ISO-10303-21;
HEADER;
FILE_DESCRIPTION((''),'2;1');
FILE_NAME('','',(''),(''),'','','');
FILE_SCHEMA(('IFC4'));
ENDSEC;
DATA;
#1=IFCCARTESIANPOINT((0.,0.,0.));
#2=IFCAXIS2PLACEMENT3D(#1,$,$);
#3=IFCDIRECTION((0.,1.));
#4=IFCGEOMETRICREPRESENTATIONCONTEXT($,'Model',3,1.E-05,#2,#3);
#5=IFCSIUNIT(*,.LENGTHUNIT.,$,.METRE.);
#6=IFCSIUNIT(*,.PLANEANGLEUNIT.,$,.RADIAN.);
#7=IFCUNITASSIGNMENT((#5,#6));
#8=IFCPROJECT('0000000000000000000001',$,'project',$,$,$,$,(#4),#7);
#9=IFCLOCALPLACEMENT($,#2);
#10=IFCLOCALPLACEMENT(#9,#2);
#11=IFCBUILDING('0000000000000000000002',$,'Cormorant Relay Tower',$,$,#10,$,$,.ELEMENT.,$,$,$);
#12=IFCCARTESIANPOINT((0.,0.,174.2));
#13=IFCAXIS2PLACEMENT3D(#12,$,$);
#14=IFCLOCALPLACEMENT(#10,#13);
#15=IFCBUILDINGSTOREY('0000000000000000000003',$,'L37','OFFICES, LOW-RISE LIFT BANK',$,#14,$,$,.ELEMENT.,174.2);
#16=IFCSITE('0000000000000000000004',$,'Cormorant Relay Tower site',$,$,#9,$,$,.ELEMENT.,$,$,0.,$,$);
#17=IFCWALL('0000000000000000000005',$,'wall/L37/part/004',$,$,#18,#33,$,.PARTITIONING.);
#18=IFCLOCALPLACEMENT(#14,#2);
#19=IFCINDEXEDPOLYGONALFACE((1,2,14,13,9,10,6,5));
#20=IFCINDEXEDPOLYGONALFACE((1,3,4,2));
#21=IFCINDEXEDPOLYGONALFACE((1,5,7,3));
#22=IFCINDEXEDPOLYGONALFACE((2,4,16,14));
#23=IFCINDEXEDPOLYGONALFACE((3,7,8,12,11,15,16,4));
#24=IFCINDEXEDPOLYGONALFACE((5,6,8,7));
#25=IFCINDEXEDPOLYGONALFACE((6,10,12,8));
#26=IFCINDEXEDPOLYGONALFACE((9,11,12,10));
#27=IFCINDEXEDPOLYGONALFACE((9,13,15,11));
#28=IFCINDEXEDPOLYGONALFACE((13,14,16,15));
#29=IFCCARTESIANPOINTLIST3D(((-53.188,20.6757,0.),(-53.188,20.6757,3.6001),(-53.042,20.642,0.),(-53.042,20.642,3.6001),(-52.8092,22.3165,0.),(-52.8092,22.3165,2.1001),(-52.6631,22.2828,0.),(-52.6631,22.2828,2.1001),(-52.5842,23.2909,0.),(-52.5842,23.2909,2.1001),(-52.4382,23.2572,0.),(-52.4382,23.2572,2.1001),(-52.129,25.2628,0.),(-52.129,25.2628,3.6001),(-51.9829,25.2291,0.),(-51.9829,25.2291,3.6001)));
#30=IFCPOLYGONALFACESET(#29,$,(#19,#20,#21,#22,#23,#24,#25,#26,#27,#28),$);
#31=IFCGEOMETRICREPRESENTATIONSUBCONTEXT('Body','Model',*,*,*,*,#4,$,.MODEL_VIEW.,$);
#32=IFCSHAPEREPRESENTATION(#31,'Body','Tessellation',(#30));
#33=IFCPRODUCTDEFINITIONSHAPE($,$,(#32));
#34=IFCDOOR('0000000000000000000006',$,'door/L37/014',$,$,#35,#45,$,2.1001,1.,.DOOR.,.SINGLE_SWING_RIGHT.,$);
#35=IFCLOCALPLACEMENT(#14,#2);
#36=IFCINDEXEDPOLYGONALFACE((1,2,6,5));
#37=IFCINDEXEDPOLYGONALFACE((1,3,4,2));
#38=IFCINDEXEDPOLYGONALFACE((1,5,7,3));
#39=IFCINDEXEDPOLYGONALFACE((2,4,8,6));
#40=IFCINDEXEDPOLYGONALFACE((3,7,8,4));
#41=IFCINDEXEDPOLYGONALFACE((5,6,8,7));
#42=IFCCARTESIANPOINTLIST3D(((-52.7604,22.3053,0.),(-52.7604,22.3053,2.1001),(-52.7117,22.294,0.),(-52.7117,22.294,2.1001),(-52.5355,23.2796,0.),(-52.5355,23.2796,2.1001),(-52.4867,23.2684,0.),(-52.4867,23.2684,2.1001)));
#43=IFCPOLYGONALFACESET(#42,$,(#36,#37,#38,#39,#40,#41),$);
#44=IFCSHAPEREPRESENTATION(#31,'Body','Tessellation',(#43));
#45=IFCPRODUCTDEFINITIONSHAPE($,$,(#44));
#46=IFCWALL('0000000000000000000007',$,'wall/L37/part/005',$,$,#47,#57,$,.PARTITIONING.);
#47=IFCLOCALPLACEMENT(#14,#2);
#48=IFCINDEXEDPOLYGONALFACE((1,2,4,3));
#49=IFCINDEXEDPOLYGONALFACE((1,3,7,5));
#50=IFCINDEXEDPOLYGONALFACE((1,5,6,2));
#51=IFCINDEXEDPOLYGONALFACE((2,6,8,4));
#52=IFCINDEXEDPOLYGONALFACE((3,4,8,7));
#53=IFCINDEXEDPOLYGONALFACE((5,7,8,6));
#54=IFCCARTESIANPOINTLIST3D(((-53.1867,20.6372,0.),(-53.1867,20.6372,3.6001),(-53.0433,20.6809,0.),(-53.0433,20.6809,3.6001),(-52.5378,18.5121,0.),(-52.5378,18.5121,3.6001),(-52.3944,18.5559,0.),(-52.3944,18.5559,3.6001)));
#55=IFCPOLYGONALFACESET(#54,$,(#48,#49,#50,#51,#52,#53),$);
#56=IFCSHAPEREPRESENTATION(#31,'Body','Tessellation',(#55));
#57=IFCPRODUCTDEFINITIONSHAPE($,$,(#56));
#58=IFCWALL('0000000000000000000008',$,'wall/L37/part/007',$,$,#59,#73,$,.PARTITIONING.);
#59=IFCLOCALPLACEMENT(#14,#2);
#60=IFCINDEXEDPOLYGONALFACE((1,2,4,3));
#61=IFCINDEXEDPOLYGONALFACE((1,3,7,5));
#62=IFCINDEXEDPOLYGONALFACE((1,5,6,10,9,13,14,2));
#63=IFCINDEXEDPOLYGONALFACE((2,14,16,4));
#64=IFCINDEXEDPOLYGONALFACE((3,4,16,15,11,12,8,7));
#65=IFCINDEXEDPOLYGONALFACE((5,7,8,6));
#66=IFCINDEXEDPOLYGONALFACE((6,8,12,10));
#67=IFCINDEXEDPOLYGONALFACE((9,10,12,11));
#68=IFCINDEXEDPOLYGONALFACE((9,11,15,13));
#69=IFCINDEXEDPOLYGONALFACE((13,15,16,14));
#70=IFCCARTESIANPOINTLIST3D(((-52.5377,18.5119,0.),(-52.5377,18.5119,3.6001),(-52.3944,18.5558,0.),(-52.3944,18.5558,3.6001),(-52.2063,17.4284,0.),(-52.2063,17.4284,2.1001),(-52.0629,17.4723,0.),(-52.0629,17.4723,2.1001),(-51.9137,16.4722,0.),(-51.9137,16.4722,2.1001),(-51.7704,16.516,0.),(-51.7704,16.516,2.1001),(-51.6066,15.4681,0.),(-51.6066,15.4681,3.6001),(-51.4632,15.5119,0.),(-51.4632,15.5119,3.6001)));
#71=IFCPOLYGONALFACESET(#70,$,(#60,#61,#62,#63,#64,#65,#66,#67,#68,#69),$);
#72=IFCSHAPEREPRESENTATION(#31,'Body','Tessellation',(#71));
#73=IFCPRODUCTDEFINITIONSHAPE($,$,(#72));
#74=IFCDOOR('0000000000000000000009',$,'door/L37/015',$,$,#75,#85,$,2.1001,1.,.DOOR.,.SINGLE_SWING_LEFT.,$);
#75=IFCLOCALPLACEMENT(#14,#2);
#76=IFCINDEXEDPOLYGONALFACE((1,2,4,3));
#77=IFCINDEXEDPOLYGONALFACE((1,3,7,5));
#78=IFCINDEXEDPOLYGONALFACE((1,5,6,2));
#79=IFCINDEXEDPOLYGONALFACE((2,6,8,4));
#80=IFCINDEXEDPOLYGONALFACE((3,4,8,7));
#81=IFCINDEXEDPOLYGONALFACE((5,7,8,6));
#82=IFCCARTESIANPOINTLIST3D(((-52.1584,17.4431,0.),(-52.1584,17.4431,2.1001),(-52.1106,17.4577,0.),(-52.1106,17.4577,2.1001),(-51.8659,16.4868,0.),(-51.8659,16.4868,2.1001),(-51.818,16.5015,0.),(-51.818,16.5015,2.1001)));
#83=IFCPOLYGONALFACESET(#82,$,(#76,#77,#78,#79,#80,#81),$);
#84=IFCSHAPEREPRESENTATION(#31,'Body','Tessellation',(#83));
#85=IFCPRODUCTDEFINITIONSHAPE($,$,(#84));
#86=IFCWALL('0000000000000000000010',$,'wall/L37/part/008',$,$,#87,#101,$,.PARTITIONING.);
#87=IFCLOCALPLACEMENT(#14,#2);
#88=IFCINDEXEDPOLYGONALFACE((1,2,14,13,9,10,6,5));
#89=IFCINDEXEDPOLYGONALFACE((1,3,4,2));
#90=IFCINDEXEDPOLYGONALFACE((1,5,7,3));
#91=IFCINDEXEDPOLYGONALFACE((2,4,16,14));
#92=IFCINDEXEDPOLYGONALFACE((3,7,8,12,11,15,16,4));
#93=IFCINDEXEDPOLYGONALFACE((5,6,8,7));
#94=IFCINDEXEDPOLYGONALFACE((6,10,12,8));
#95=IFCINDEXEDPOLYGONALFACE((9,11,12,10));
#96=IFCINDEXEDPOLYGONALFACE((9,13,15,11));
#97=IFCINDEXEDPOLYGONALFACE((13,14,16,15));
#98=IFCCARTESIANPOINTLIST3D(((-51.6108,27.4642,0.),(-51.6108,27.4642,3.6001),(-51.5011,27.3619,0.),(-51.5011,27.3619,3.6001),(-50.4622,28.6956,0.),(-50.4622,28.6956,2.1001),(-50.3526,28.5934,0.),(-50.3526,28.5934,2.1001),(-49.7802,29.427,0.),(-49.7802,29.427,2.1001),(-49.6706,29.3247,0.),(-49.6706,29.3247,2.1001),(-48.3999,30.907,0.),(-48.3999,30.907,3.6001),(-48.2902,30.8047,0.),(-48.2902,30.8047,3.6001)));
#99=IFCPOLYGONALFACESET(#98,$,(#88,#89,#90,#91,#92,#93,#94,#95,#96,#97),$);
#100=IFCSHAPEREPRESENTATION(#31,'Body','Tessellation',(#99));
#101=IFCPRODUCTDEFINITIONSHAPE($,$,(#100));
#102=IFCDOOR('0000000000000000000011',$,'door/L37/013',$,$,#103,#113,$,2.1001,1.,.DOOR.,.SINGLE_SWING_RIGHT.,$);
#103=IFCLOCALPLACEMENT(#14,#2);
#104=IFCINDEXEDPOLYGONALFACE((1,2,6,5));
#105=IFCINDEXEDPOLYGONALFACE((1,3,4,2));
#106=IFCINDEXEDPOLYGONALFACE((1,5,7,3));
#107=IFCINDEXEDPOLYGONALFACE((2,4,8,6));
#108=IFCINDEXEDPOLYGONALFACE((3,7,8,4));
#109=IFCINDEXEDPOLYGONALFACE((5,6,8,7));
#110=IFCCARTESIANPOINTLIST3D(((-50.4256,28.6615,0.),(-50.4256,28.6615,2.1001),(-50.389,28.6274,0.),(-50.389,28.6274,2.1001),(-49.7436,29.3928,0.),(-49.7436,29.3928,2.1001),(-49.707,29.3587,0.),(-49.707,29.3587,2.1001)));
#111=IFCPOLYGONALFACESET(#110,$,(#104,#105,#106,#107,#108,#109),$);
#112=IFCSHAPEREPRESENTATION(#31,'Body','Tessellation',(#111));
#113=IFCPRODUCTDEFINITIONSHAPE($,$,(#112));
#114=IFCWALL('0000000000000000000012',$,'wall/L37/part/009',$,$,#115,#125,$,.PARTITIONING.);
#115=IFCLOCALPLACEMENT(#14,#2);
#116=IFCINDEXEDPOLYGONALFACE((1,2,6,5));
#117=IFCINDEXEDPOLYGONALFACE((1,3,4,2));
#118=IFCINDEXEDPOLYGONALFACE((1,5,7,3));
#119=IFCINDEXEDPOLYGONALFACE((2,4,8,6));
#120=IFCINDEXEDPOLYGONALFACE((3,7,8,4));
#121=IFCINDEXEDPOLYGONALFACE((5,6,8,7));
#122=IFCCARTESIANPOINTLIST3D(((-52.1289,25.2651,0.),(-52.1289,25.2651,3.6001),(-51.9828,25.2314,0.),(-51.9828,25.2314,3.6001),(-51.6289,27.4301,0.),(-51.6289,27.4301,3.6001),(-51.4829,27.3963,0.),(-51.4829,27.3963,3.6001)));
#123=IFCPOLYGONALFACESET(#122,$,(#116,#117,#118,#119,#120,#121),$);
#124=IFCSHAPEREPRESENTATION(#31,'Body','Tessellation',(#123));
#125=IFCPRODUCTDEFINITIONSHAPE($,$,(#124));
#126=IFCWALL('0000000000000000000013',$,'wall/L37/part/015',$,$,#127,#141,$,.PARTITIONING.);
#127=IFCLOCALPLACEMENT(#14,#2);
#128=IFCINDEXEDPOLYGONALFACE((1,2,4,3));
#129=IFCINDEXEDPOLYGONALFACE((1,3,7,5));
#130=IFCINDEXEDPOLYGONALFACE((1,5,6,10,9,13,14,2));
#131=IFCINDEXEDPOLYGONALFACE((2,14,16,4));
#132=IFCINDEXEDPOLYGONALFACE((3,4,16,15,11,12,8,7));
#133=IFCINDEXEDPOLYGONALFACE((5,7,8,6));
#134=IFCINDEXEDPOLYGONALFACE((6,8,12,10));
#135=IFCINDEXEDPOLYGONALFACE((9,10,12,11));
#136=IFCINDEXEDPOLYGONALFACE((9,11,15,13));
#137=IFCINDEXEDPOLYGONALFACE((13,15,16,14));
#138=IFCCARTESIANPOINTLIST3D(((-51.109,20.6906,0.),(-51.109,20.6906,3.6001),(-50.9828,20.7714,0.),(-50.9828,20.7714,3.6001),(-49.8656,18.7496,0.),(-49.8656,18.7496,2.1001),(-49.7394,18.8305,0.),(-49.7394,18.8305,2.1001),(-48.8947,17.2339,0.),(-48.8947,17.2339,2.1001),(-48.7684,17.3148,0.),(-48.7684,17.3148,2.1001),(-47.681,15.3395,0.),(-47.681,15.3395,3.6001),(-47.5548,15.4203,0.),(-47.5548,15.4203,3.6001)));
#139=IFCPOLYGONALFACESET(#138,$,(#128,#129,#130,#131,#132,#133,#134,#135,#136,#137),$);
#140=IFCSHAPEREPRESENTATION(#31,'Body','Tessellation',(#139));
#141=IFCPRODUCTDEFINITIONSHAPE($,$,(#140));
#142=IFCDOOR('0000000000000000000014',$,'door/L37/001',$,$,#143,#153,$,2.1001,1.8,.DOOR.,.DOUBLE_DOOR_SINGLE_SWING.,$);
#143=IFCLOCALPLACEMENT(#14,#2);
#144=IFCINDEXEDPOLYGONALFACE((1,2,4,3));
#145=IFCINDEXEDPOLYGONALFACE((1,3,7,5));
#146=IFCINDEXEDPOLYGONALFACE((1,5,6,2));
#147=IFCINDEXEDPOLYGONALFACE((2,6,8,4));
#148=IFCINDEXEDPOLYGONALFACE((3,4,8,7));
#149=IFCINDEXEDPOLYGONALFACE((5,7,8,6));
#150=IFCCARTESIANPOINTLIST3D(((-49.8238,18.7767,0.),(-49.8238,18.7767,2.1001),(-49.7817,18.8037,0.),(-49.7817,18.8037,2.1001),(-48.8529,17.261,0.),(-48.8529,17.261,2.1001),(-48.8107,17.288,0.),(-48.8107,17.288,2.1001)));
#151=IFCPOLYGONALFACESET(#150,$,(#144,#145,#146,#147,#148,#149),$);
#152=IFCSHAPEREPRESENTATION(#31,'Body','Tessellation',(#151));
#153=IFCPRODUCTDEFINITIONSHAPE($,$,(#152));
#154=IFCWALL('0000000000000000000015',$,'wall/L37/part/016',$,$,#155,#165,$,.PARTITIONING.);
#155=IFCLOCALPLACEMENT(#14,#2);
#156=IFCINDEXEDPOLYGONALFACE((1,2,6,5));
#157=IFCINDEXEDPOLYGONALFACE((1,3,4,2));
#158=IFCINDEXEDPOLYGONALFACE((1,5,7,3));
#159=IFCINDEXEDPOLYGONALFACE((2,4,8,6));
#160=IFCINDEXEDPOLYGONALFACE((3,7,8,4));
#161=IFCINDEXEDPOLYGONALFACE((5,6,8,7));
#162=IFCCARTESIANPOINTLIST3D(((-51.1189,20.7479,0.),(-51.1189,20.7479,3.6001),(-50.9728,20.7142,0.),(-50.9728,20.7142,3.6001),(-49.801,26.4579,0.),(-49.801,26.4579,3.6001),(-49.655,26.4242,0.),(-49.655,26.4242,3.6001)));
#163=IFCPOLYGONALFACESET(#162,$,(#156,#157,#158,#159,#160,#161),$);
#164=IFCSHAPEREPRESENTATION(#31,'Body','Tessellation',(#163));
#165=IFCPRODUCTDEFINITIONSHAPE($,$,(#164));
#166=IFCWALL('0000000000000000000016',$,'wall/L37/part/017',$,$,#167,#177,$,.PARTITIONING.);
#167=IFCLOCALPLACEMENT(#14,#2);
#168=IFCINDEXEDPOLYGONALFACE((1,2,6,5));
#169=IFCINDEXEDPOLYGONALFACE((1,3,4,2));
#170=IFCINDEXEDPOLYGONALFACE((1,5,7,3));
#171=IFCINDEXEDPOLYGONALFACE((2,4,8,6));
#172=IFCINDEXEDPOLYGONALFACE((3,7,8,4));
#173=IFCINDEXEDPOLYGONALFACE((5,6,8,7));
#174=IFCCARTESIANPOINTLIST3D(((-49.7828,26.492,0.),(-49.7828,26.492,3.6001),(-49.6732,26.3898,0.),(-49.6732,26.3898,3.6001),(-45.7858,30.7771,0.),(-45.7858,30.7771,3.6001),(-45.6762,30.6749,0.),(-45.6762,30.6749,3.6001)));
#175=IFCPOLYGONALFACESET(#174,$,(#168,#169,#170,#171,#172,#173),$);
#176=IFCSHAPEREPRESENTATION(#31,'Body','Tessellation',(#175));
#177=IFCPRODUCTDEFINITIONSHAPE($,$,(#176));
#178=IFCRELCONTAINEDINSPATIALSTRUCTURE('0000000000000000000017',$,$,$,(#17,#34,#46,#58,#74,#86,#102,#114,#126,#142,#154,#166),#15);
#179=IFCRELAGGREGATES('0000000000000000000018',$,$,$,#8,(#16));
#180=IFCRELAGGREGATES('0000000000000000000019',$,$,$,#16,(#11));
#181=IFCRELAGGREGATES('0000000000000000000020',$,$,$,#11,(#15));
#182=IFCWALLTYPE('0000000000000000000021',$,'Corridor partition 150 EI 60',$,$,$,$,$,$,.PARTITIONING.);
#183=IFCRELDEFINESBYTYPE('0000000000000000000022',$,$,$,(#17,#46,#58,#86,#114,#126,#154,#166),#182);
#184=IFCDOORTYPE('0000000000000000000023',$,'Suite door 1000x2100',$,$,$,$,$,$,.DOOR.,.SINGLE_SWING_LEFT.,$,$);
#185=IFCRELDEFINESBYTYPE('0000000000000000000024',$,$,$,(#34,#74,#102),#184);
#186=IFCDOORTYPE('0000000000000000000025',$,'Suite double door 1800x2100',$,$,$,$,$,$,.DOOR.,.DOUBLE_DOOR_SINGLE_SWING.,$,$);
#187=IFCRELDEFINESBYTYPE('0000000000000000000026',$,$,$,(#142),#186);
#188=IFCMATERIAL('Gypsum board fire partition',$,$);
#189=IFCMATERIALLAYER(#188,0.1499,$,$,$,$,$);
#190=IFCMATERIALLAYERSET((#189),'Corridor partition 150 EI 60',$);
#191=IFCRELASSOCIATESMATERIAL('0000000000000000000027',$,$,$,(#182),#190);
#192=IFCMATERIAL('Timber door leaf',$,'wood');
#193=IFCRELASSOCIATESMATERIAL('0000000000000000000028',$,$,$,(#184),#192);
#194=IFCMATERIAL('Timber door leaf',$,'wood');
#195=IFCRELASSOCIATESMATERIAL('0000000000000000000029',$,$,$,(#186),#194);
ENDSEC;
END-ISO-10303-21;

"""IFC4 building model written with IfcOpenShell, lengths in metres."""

from ifc_helpers import new_model, si_unit, direction, frame, frame_2d, origin, place, context, subcontext, project, spatial, rectangle, extrude, material, layer, layer_set, type_object, element, fill, save


model = new_model("IFC4")

# Units and contexts
model_context = context("Model", 3, precision=1e-05, world=origin(), true_north=direction((0.0, 1.0)))
body_context = subcontext(model_context, "Body", "Model", "MODEL_VIEW")
ifc_project = project(units=[si_unit("LENGTHUNIT", "METRE"), si_unit("PLANEANGLEUNIT", "RADIAN")], contexts=[model_context])

# Site, building, storey
site_placement = place(None, origin())
site = spatial("IfcSite", under=ifc_project, at=site_placement, Name="Cormorant Relay Tower site", CompositionType="ELEMENT", RefElevation=0.0)
building_placement = place(site_placement, origin())
building = spatial("IfcBuilding", under=site, at=building_placement, Name="Cormorant Relay Tower", CompositionType="ELEMENT")
storey_placement = place(building_placement, frame((0.0, 0.0, 174.2)))
storey = spatial("IfcBuildingStorey", under=building, at=storey_placement, Name="L37", Description="OFFICES, LOW-RISE LIFT BANK", CompositionType="ELEMENT", Elevation=174.2)

# Wall, opening, door
ifc_material_1 = material(Name="Gypsum board fire partition")
ifc_layer_1 = layer(ifc_material_1, 0.1499)
ifc_layer_set_1 = layer_set([ifc_layer_1], Name="Corridor partition 150 EI 60")
wall_type_1 = type_object("IfcWallType", Name="Corridor partition 150 EI 60", PredefinedType="PARTITIONING", material=ifc_layer_set_1)
wall_1_placement = place(storey_placement, frame((-52.0559, 25.2461, 0.0), z_axis=(0.0, 0.0, 1.0), x_axis=(-0.224962, -0.974368, 0.0)))
wall_1 = element("IfcWall", 1, at=wall_1_placement, inside=storey, type_object=wall_type_1, Name="wall/L37/part/004", PredefinedType="PARTITIONING", context=body_context, shape_type="SweptSolid", body=[
    extrude(rectangle(XDim=4.7078, YDim=0.1499, at=frame_2d((2.354, 0.0))), origin(), (0.0, 0.0, 1.0), 3.6001),
])
opening_1_placement = place(wall_1_placement, frame((2.0239, 0.0, 0.0)))
opening_1 = element("IfcOpeningElement", 2, at=opening_1_placement, cuts=wall_1, PredefinedType="OPENING", context=body_context, shape_type="SweptSolid", body=[
    extrude(rectangle(XDim=1.0, YDim=2.1001, at=frame_2d((0.5, 1.05))), frame((0.0, 0.085, 0.0), z_axis=(0.0, -1.0, 0.0), x_axis=(1.0, 0.0, 0.0)), (0.0, 0.0, 1.0), 0.1699),
])
ifc_material_2 = material(Name="Timber door leaf", Category="wood")
door_type_1 = type_object("IfcDoorType", Name="Suite door 1000x2100", OperationType="SINGLE_SWING_LEFT", PredefinedType="DOOR", material=ifc_material_2)
door_1_placement = place(opening_1_placement, frame((1.0, 0.0, 0.0), z_axis=(0.0, 0.0, 1.0), x_axis=(-1.0, 0.0, 0.0)))
door_1 = element("IfcDoor", 3, at=door_1_placement, inside=storey, type_object=door_type_1, Name="door/L37/014", OperationType="SINGLE_SWING_RIGHT", OverallHeight=2.1001, OverallWidth=1.0, PredefinedType="DOOR", context=body_context, shape_type="SweptSolid", body=[
    extrude(rectangle(XDim=1.0, YDim=2.1001, at=frame_2d((0.5, 1.05))), frame((0.0, 0.0249, 0.0), z_axis=(0.0, -1.0, 0.0), x_axis=(1.0, 0.0, 0.0)), (0.0, 0.0, 1.0), 0.05),
])
fill(opening_1, door_1)

# Wall
wall_2_placement = place(storey_placement, frame((-53.115, 20.6589, 0.0), z_axis=(0.0, 0.0, 1.0), x_axis=(0.292062, -0.956399, 0.0)))
element("IfcWall", 4, at=wall_2_placement, inside=storey, type_object=wall_type_1, Name="wall/L37/part/005", PredefinedType="PARTITIONING", context=body_context, shape_type="SweptSolid", body=[
    extrude(rectangle(XDim=2.2219, YDim=0.1499, at=frame_2d((1.1108, 0.0))), origin(), (0.0, 0.0, 1.0), 3.6001),
])

# Walls, openings, doors
wall_3_placement = place(storey_placement, frame((-51.5349, 15.49, 0.0), z_axis=(0.0, 0.0, 1.0), x_axis=(-0.292522, 0.956259, 0.0)))
wall_3 = element("IfcWall", 5, at=wall_3_placement, inside=storey, type_object=wall_type_1, Name="wall/L37/part/007", PredefinedType="PARTITIONING", context=body_context, shape_type="SweptSolid", body=[
    extrude(rectangle(XDim=3.1831, YDim=0.1499, at=frame_2d((1.5916, 0.0))), origin(), (0.0, 0.0, 1.0), 3.6001),
])
opening_2_placement = place(wall_3_placement, frame((1.05, 0.0, 0.0)))
opening_2 = element("IfcOpeningElement", 6, at=opening_2_placement, cuts=wall_3, PredefinedType="OPENING", context=body_context, shape_type="SweptSolid", body=[
    extrude(rectangle(XDim=1.0, YDim=2.1001, at=frame_2d((0.5, 1.05))), frame((0.0, 0.085, 0.0), z_axis=(0.0, -1.0, 0.0), x_axis=(1.0, 0.0, 0.0)), (0.0, 0.0, 1.0), 0.1699),
])
door_2_placement = place(opening_2_placement, origin())
door_2 = element("IfcDoor", 7, at=door_2_placement, inside=storey, type_object=door_type_1, Name="door/L37/015", OperationType="SINGLE_SWING_LEFT", OverallHeight=2.1001, OverallWidth=1.0, PredefinedType="DOOR", context=body_context, shape_type="SweptSolid", body=[
    extrude(rectangle(XDim=1.0, YDim=2.1001, at=frame_2d((0.5, 1.05))), frame((0.0, 0.0249, 0.0), z_axis=(0.0, -1.0, 0.0), x_axis=(1.0, 0.0, 0.0)), (0.0, 0.0, 1.0), 0.05),
])
fill(opening_2, door_2)
wall_4_placement = place(storey_placement, frame((-48.345, 30.856, 0.0), z_axis=(0.0, 0.0, 1.0), x_axis=(-0.682045, -0.73131, 0.0)))
wall_4 = element("IfcWall", 8, at=wall_4_placement, inside=storey, type_object=wall_type_1, Name="wall/L37/part/008", PredefinedType="PARTITIONING", context=body_context, shape_type="SweptSolid", body=[
    extrude(rectangle(XDim=4.7078, YDim=0.1499, at=frame_2d((2.354, 0.0))), origin(), (0.0, 0.0, 1.0), 3.6001),
])
opening_3_placement = place(wall_4_placement, frame((2.0239, 0.0, 0.0)))
opening_3 = element("IfcOpeningElement", 9, at=opening_3_placement, cuts=wall_4, PredefinedType="OPENING", context=body_context, shape_type="SweptSolid", body=[
    extrude(rectangle(XDim=1.0, YDim=2.1001, at=frame_2d((0.5, 1.05))), frame((0.0, 0.085, 0.0), z_axis=(0.0, -1.0, 0.0), x_axis=(1.0, 0.0, 0.0)), (0.0, 0.0, 1.0), 0.1699),
])
door_3_placement = place(opening_3_placement, frame((1.0, 0.0, 0.0), z_axis=(0.0, 0.0, 1.0), x_axis=(-1.0, 0.0, 0.0)))
door_3 = element("IfcDoor", 10, at=door_3_placement, inside=storey, type_object=door_type_1, Name="door/L37/013", OperationType="SINGLE_SWING_RIGHT", OverallHeight=2.1001, OverallWidth=1.0, PredefinedType="DOOR", context=body_context, shape_type="SweptSolid", body=[
    extrude(rectangle(XDim=1.0, YDim=2.1001, at=frame_2d((0.5, 1.05))), frame((0.0, 0.0249, 0.0), z_axis=(0.0, -1.0, 0.0), x_axis=(1.0, 0.0, 0.0)), (0.0, 0.0, 1.0), 0.05),
])
fill(opening_3, door_3)

# Wall
wall_5_placement = place(storey_placement, frame((-51.5559, 27.4131, 0.0), z_axis=(0.0, 0.0, 1.0), x_axis=(-0.22502, -0.974354, 0.0)))
element("IfcWall", 11, at=wall_5_placement, inside=storey, type_object=wall_type_1, Name="wall/L37/part/009", PredefinedType="PARTITIONING", context=body_context, shape_type="SweptSolid", body=[
    extrude(rectangle(XDim=2.2219, YDim=0.1499, at=frame_2d((1.1108, 0.0))), origin(), (0.0, 0.0, 1.0), 3.6001),
])

# Wall, opening, door
wall_6_placement = place(storey_placement, frame((-47.6179, 15.3799, 0.0), z_axis=(0.0, 0.0, 1.0), x_axis=(-0.539421, 0.842036, 0.0)))
wall_6 = element("IfcWall", 12, at=wall_6_placement, inside=storey, type_object=wall_type_1, Name="wall/L37/part/015", PredefinedType="PARTITIONING", context=body_context, shape_type="SweptSolid", body=[
    extrude(rectangle(XDim=6.355, YDim=0.1499, at=frame_2d((3.1775, 0.0))), origin(), (0.0, 0.0, 1.0), 3.6001),
])
opening_4_placement = place(wall_6_placement, frame((2.25, 0.0, 0.0)))
opening_4 = element("IfcOpeningElement", 13, at=opening_4_placement, cuts=wall_6, PredefinedType="OPENING", context=body_context, shape_type="SweptSolid", body=[
    extrude(rectangle(XDim=1.8, YDim=2.1001, at=frame_2d((0.8999, 1.05))), frame((0.0, 0.085, 0.0), z_axis=(0.0, -1.0, 0.0), x_axis=(1.0, 0.0, 0.0)), (0.0, 0.0, 1.0), 0.1699),
])
ifc_material_3 = material(Name="Timber door leaf", Category="wood")
door_type_2 = type_object("IfcDoorType", Name="Suite double door 1800x2100", OperationType="DOUBLE_DOOR_SINGLE_SWING", PredefinedType="DOOR", material=ifc_material_3)
door_4_placement = place(opening_4_placement, frame((1.8, 0.0, 0.0), z_axis=(0.0, 0.0, 1.0), x_axis=(-1.0, 0.0, 0.0)))
door_4 = element("IfcDoor", 14, at=door_4_placement, inside=storey, type_object=door_type_2, Name="door/L37/001", OperationType="DOUBLE_DOOR_SINGLE_SWING", OverallHeight=2.1001, OverallWidth=1.8, PredefinedType="DOOR", context=body_context, shape_type="SweptSolid", body=[
    extrude(rectangle(XDim=1.8, YDim=2.1001, at=frame_2d((0.8999, 1.05))), frame((0.0, 0.0249, 0.0), z_axis=(0.0, -1.0, 0.0), x_axis=(1.0, 0.0, 0.0)), (0.0, 0.0, 1.0), 0.05),
])
fill(opening_4, door_4)

# Walls
wall_7_placement = place(storey_placement, frame((-51.0459, 20.731, 0.0), z_axis=(0.0, 0.0, 1.0), x_axis=(0.22489, 0.974384, 0.0)))
element("IfcWall", 15, at=wall_7_placement, inside=storey, type_object=wall_type_1, Name="wall/L37/part/016", PredefinedType="PARTITIONING", context=body_context, shape_type="SweptSolid", body=[
    extrude(rectangle(XDim=5.8601, YDim=0.1499, at=frame_2d((2.9302, 0.0))), origin(), (0.0, 0.0, 1.0), 3.6001),
])
wall_8_placement = place(storey_placement, frame((-49.728, 26.4409, 0.0), z_axis=(0.0, 0.0, 1.0), x_axis=(0.682099, 0.73126, 0.0)))
element("IfcWall", 16, at=wall_8_placement, inside=storey, type_object=wall_type_1, Name="wall/L37/part/017", PredefinedType="PARTITIONING", context=body_context, shape_type="SweptSolid", body=[
    extrude(rectangle(XDim=5.8599, YDim=0.1499, at=frame_2d((2.9299, 0.0))), origin(), (0.0, 0.0, 1.0), 3.6001),
])

save(model, "model.ifc")
